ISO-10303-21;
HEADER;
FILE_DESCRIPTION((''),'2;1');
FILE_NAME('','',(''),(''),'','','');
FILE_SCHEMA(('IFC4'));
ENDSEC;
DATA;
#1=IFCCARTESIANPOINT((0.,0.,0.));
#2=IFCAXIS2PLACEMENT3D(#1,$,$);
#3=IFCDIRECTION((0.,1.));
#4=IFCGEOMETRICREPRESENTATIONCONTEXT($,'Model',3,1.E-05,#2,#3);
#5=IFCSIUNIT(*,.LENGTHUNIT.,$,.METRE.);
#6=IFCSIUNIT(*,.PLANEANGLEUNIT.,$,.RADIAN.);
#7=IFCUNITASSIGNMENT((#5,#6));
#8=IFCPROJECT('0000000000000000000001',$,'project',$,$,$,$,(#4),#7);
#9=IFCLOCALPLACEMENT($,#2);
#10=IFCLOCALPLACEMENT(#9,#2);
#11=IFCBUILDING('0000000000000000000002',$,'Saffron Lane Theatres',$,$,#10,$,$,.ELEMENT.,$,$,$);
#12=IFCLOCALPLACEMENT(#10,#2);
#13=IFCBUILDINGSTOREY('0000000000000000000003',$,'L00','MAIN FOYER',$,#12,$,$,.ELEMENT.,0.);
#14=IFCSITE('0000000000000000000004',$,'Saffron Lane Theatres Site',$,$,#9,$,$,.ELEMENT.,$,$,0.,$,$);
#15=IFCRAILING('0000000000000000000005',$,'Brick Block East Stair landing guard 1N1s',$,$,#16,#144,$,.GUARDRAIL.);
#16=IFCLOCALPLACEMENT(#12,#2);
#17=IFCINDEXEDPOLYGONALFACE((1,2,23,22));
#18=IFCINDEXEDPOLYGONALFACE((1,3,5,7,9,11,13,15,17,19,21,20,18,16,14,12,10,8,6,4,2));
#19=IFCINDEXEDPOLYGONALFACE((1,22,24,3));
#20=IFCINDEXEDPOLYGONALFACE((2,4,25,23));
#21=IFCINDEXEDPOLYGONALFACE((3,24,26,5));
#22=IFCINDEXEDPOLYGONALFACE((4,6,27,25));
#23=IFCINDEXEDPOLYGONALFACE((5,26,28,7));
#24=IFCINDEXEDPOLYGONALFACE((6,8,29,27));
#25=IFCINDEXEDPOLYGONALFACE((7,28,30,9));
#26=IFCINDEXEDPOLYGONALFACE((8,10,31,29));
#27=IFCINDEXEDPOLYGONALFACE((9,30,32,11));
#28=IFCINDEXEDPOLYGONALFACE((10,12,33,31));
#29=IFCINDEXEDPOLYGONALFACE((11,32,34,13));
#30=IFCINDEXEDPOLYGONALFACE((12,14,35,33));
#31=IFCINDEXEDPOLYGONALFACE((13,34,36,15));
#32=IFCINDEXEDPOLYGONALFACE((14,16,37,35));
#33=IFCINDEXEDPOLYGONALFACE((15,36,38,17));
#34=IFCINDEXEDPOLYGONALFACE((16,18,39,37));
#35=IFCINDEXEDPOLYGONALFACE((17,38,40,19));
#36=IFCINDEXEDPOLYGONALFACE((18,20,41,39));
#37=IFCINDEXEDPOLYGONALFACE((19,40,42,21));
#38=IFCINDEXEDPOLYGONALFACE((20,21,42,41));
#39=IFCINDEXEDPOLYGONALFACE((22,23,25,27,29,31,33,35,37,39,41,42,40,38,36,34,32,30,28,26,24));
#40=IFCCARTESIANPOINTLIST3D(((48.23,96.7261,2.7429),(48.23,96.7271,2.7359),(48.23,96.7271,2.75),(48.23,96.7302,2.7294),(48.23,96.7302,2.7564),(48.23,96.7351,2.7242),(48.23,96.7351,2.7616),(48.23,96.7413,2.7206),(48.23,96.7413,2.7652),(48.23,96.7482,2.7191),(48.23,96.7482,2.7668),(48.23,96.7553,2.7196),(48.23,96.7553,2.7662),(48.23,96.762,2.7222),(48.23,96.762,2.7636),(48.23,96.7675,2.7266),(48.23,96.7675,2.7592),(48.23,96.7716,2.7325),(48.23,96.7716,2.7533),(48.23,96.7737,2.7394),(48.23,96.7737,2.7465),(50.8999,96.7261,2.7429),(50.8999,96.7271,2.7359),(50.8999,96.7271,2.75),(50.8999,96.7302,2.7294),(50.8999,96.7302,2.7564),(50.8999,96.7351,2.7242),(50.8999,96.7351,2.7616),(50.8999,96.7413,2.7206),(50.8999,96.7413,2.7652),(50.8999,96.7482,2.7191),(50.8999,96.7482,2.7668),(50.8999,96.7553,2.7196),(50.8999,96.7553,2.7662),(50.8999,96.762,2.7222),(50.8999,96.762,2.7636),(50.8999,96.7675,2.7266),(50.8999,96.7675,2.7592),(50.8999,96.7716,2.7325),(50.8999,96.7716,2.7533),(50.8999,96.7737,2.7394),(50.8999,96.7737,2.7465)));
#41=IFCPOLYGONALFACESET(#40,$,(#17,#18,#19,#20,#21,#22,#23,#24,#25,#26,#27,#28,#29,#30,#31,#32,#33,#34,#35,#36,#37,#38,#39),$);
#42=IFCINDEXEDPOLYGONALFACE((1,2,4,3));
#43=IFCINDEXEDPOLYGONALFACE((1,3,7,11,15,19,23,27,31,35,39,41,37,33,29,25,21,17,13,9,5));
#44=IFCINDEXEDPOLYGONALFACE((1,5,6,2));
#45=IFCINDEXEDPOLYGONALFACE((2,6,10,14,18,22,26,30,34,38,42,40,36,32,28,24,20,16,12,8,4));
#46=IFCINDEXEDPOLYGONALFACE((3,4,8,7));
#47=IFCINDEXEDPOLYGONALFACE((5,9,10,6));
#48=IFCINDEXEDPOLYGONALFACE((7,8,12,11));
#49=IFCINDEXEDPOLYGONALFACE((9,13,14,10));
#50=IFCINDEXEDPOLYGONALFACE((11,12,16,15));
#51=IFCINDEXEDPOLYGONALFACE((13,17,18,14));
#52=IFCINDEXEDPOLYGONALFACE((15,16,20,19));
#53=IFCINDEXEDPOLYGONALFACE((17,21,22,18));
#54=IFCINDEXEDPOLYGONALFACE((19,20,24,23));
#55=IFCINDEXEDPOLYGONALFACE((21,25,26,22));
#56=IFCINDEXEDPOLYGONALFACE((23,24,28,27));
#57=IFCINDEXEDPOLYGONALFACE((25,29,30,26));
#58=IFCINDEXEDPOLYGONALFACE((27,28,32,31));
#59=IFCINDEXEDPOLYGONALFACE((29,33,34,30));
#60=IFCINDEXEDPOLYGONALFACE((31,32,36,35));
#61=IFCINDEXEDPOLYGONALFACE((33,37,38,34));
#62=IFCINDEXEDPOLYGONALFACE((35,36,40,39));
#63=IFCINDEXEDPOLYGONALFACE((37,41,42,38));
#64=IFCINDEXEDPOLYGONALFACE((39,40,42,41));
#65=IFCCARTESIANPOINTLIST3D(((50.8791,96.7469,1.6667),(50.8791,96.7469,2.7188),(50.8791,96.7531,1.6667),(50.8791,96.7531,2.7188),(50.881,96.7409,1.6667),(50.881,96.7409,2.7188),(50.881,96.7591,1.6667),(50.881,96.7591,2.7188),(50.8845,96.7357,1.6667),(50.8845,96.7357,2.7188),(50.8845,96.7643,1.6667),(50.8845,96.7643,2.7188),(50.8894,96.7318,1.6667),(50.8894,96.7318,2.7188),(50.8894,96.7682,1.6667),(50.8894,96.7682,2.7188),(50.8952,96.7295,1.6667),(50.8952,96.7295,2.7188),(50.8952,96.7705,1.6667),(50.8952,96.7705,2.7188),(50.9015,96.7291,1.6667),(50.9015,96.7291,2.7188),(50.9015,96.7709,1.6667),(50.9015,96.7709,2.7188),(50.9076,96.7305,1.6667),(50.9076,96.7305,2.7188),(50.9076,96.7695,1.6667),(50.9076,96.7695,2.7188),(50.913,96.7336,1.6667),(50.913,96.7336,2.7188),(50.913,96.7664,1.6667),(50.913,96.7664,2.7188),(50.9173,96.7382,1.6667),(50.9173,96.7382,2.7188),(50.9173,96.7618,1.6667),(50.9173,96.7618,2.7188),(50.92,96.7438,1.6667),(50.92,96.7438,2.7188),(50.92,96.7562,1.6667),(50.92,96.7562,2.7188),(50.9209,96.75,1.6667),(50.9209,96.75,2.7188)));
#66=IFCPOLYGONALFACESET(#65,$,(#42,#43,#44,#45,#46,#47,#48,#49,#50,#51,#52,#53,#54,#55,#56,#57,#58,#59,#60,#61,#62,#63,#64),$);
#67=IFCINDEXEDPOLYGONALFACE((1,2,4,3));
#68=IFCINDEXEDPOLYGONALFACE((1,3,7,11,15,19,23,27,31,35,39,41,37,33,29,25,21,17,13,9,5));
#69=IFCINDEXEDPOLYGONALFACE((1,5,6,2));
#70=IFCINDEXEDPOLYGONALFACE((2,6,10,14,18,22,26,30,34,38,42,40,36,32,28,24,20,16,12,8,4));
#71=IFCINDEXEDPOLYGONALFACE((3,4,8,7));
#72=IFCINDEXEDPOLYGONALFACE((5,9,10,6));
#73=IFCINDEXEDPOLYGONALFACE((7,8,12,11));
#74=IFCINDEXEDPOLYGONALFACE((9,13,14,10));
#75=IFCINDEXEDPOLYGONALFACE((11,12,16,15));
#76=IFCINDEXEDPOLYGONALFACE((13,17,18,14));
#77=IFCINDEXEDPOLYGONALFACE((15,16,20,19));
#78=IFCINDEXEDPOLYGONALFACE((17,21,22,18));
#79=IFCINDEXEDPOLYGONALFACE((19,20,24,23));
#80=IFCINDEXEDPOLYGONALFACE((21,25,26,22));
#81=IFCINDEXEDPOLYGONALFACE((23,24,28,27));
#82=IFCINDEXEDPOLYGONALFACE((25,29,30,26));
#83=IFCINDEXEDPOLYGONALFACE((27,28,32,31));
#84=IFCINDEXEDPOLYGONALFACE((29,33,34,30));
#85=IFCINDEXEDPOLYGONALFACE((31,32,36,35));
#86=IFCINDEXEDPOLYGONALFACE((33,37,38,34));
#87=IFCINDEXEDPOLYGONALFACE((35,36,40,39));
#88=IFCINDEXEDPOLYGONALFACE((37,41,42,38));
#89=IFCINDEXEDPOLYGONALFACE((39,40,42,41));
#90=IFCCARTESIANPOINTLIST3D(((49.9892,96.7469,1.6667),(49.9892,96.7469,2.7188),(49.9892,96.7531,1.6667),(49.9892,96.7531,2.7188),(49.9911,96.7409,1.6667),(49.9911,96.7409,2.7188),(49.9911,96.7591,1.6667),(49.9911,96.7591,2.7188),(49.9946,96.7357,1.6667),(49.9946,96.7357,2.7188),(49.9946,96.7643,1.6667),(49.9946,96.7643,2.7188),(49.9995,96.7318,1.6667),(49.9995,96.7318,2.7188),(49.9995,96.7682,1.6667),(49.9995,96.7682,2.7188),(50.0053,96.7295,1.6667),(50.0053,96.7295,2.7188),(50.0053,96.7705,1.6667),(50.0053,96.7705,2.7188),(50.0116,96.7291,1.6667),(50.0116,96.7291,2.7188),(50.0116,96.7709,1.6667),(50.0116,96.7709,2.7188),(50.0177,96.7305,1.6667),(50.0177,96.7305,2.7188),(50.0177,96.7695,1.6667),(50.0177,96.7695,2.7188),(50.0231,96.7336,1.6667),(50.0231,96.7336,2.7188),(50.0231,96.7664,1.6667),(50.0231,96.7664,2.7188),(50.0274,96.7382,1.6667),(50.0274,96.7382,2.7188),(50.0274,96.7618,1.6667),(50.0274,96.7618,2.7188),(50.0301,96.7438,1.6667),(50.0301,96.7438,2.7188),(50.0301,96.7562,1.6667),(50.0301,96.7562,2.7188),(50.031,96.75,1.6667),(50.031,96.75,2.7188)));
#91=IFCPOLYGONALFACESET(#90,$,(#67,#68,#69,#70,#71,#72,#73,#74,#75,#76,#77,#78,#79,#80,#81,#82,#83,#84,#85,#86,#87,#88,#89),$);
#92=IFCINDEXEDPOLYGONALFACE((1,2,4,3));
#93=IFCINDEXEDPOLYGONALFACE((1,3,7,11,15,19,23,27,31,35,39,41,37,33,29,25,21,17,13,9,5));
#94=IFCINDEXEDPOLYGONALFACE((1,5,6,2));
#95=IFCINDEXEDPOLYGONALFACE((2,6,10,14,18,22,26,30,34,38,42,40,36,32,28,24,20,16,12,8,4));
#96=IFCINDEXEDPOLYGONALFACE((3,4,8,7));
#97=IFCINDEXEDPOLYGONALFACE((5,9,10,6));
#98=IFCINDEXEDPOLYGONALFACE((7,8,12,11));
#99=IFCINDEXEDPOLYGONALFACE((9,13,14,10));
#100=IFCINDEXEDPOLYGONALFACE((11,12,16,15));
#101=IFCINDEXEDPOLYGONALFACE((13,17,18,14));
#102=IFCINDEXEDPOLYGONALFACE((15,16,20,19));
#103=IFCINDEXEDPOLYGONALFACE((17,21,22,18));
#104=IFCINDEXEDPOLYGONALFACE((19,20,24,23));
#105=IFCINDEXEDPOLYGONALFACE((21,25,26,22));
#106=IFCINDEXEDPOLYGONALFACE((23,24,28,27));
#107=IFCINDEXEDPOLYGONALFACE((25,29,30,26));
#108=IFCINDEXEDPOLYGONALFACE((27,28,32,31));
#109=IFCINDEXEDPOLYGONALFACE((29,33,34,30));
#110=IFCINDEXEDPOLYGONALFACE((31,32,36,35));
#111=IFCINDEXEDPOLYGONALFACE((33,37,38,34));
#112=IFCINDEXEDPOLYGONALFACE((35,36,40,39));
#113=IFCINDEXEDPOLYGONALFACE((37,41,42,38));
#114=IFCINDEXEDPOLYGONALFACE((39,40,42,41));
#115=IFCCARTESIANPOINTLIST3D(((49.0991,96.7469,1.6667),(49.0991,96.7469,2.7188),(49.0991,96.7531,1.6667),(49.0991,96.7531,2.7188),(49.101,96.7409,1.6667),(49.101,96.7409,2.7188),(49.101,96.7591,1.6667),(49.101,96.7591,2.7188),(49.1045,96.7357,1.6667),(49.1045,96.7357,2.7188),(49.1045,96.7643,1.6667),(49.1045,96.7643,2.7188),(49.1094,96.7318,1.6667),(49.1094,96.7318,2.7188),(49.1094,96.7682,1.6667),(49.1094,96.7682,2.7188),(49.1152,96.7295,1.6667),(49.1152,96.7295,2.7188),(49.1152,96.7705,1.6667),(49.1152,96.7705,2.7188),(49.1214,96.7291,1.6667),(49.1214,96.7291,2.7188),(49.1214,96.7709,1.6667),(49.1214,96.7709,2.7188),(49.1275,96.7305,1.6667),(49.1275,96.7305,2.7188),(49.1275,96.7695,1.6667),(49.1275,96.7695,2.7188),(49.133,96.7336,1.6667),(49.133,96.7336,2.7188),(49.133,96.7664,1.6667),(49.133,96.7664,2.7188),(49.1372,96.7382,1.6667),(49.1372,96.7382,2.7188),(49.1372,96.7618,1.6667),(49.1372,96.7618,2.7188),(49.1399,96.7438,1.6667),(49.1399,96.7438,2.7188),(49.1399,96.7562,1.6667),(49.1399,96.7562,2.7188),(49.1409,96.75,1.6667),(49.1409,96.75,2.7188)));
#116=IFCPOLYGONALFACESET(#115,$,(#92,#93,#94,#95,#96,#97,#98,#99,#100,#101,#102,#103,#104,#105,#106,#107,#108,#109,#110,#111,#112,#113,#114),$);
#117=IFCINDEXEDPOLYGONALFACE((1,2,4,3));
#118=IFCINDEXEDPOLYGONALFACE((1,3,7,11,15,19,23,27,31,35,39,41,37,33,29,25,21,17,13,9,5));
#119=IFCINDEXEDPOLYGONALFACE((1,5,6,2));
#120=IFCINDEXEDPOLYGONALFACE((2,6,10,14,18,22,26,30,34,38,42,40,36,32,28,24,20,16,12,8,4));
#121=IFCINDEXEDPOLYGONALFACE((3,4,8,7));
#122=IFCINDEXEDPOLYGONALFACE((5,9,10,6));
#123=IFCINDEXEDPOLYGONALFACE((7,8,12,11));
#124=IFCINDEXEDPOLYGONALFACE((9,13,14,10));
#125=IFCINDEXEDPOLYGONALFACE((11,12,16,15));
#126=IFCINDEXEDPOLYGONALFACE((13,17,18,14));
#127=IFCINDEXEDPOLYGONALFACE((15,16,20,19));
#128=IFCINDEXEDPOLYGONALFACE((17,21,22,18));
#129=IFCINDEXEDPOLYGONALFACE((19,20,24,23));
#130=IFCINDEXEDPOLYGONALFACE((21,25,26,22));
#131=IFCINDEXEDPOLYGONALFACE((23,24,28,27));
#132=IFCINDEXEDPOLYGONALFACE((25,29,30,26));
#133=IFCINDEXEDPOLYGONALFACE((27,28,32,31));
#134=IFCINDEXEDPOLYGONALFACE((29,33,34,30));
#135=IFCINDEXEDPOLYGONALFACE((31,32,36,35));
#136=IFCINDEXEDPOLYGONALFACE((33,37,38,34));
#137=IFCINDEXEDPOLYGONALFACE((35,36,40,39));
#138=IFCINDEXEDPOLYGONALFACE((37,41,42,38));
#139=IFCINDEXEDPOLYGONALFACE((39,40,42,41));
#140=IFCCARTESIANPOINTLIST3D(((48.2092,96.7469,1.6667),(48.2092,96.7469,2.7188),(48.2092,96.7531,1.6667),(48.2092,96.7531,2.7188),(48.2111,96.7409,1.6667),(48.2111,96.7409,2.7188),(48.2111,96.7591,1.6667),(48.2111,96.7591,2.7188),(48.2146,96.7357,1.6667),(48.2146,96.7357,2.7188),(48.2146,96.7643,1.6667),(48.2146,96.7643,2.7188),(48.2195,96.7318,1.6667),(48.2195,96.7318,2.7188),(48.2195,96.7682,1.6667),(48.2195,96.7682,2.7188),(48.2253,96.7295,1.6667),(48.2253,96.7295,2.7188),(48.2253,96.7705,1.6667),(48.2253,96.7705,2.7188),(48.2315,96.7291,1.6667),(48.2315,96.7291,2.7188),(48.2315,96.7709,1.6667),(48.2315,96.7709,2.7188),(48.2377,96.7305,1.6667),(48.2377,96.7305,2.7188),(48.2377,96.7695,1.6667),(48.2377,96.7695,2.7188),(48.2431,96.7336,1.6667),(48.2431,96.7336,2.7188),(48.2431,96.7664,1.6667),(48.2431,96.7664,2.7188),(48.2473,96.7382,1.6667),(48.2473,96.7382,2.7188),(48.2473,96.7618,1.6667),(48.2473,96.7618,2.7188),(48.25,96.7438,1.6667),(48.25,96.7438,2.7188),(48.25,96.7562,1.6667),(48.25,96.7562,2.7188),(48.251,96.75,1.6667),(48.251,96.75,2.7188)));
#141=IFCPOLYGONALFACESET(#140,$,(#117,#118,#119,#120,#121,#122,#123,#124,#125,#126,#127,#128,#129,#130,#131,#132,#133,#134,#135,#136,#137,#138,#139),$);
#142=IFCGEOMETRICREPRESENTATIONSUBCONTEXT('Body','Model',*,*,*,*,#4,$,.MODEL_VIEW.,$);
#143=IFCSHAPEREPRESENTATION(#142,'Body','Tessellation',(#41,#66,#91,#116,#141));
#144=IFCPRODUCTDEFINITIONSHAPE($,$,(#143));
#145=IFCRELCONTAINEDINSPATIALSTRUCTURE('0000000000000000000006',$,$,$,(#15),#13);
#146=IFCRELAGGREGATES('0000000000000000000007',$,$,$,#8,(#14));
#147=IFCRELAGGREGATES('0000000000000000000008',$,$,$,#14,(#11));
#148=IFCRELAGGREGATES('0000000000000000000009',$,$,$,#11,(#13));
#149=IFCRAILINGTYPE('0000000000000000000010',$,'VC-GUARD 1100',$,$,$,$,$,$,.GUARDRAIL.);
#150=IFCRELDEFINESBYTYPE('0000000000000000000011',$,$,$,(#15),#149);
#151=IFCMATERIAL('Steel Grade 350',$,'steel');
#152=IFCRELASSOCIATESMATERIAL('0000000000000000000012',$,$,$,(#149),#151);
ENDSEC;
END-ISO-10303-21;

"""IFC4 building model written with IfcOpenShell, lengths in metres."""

from ifc_helpers import new_model, si_unit, direction, frame, origin, origin_2d, place, context, subcontext, project, spatial, circle, extrude, material, type_object, element, save


model = new_model("IFC4")

# Units and contexts
model_context = context("Model", 3, precision=1e-05, world=origin(), true_north=direction((0.0, 1.0)))
body_context = subcontext(model_context, "Body", "Model", "MODEL_VIEW")
ifc_project = project(units=[si_unit("LENGTHUNIT", "METRE"), si_unit("PLANEANGLEUNIT", "RADIAN")], contexts=[model_context])

# Site, building, storey
site_placement = place(None, origin())
site = spatial("IfcSite", under=ifc_project, at=site_placement, Name="Saffron Lane Theatres Site", CompositionType="ELEMENT", RefElevation=0.0)
building_placement = place(site_placement, origin())
building = spatial("IfcBuilding", under=site, at=building_placement, Name="Saffron Lane Theatres", CompositionType="ELEMENT")
storey_placement = place(building_placement, origin())
storey = spatial("IfcBuildingStorey", under=building, at=storey_placement, Name="L00", Description="MAIN FOYER", CompositionType="ELEMENT", Elevation=0.0)

# Railing
ifc_material_1 = material(Name="Steel Grade 350", Category="steel")
railing_type_1 = type_object("IfcRailingType", Name="VC-GUARD 1100", PredefinedType="GUARDRAIL", material=ifc_material_1)
railing_1_placement = place(storey_placement, frame((50.8999, 96.75, 1.6667)))
element("IfcRailing", 1, at=railing_1_placement, inside=storey, type_object=railing_type_1, Name="Brick Block East Stair landing guard 1N1s", PredefinedType="GUARDRAIL", context=body_context, shape_type="SweptSolid", body=[
    extrude(circle(Radius=0.0239, at=origin_2d()), frame((0.0, 0.0, 1.0762), z_axis=(-1.0, 0.0, 0.0), x_axis=(0.0, -1.0, 0.0)), (0.0, 0.0, 1.0), 2.6699),
    extrude(circle(Radius=0.021, at=origin_2d()), origin(), (0.0, 0.0, 1.0), 1.052),
    extrude(circle(Radius=0.021, at=origin_2d()), frame((-0.8899, 0.0, 0.0)), (0.0, 0.0, 1.0), 1.052),
    extrude(circle(Radius=0.021, at=origin_2d()), frame((-1.78, 0.0, 0.0)), (0.0, 0.0, 1.0), 1.052),
    extrude(circle(Radius=0.021, at=origin_2d()), frame((-2.6699, 0.0, 0.0)), (0.0, 0.0, 1.0), 1.052),
])

save(model, "model.ifc")
